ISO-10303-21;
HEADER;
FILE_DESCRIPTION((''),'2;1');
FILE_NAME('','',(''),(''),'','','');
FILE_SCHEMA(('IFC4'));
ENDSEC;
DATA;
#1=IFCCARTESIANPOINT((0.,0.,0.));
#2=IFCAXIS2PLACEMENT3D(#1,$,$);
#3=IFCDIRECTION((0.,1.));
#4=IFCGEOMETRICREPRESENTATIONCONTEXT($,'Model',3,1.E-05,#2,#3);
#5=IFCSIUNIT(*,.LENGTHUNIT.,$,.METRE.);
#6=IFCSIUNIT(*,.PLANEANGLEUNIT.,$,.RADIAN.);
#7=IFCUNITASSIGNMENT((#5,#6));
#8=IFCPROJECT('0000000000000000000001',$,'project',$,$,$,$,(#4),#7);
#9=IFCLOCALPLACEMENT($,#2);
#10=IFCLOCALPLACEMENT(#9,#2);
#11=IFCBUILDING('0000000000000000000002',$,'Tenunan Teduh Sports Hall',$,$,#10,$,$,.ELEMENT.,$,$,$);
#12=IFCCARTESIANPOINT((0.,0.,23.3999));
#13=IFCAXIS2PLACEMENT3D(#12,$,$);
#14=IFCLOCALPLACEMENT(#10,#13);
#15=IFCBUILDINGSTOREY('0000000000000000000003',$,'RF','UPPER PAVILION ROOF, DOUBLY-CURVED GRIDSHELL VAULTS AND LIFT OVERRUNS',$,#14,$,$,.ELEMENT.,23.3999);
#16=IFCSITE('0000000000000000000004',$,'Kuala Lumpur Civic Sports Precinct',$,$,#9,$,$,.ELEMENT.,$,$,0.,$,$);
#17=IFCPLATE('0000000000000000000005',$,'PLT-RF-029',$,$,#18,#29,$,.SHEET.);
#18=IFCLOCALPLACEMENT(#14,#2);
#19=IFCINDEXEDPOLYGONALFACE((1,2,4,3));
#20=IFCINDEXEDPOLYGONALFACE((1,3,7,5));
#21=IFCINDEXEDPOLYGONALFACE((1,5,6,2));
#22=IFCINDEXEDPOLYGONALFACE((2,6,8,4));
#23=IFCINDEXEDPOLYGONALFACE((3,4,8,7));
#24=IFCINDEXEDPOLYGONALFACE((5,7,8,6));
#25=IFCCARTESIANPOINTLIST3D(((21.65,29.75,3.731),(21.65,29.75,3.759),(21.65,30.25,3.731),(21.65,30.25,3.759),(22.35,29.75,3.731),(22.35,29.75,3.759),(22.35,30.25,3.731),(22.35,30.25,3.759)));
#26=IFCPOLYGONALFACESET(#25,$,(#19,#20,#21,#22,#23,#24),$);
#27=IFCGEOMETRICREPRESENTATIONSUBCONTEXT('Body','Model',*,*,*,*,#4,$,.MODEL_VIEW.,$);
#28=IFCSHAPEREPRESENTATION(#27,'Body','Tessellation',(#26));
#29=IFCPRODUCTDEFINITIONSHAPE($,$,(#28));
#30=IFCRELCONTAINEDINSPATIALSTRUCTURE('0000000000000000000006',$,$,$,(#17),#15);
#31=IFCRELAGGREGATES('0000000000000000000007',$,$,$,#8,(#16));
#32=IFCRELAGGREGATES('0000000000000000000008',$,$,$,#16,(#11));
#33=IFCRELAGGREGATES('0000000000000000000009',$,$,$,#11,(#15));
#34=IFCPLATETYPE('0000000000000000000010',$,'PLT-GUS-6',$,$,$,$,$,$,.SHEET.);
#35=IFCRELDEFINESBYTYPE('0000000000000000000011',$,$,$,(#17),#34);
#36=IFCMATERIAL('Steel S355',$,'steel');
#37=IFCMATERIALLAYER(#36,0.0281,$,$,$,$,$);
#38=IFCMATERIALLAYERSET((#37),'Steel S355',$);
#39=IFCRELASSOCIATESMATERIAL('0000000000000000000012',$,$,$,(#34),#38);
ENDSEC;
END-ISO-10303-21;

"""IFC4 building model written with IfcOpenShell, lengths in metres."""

from ifc_helpers import new_model, si_unit, direction, frame, origin, origin_2d, place, context, subcontext, project, spatial, rectangle, extrude, material, layer, layer_set, type_object, element, save


model = new_model("IFC4")

# Units and contexts
model_context = context("Model", 3, precision=1e-05, world=origin(), true_north=direction((0.0, 1.0)))
body_context = subcontext(model_context, "Body", "Model", "MODEL_VIEW")
ifc_project = project(units=[si_unit("LENGTHUNIT", "METRE"), si_unit("PLANEANGLEUNIT", "RADIAN")], contexts=[model_context])

# Site, building, storey
site_placement = place(None, origin())
site = spatial("IfcSite", under=ifc_project, at=site_placement, Name="Kuala Lumpur Civic Sports Precinct", CompositionType="ELEMENT", RefElevation=0.0)
building_placement = place(site_placement, origin())
building = spatial("IfcBuilding", under=site, at=building_placement, Name="Tenunan Teduh Sports Hall", CompositionType="ELEMENT")
storey_placement = place(building_placement, frame((0.0, 0.0, 23.3999)))
storey = spatial("IfcBuildingStorey", under=building, at=storey_placement, Name="RF", Description="UPPER PAVILION ROOF, DOUBLY-CURVED GRIDSHELL VAULTS AND LIFT OVERRUNS", CompositionType="ELEMENT", Elevation=23.3999)

# Plate
ifc_material_1 = material(Name="Steel S355", Category="steel")
ifc_layer = layer(ifc_material_1, 0.0281)
ifc_layer_set = layer_set([ifc_layer], Name="Steel S355")
plate_type = type_object("IfcPlateType", Name="PLT-GUS-6", PredefinedType="SHEET", material=ifc_layer_set)
plate_placement = place(storey_placement, frame((22.0, 30.0, 3.731), z_axis=(0.0, 0.0, 1.0), x_axis=(1.0, 0.0, 0.0)))
element("IfcPlate", 1, at=plate_placement, inside=storey, type_object=plate_type, Name="PLT-RF-029", PredefinedType="SHEET", context=body_context, shape_type="SweptSolid", body=[
    extrude(rectangle(XDim=0.7, YDim=0.5, at=origin_2d()), origin(), (0.0, 0.0, 1.0), 0.0281),
])

save(model, "model.ifc")
